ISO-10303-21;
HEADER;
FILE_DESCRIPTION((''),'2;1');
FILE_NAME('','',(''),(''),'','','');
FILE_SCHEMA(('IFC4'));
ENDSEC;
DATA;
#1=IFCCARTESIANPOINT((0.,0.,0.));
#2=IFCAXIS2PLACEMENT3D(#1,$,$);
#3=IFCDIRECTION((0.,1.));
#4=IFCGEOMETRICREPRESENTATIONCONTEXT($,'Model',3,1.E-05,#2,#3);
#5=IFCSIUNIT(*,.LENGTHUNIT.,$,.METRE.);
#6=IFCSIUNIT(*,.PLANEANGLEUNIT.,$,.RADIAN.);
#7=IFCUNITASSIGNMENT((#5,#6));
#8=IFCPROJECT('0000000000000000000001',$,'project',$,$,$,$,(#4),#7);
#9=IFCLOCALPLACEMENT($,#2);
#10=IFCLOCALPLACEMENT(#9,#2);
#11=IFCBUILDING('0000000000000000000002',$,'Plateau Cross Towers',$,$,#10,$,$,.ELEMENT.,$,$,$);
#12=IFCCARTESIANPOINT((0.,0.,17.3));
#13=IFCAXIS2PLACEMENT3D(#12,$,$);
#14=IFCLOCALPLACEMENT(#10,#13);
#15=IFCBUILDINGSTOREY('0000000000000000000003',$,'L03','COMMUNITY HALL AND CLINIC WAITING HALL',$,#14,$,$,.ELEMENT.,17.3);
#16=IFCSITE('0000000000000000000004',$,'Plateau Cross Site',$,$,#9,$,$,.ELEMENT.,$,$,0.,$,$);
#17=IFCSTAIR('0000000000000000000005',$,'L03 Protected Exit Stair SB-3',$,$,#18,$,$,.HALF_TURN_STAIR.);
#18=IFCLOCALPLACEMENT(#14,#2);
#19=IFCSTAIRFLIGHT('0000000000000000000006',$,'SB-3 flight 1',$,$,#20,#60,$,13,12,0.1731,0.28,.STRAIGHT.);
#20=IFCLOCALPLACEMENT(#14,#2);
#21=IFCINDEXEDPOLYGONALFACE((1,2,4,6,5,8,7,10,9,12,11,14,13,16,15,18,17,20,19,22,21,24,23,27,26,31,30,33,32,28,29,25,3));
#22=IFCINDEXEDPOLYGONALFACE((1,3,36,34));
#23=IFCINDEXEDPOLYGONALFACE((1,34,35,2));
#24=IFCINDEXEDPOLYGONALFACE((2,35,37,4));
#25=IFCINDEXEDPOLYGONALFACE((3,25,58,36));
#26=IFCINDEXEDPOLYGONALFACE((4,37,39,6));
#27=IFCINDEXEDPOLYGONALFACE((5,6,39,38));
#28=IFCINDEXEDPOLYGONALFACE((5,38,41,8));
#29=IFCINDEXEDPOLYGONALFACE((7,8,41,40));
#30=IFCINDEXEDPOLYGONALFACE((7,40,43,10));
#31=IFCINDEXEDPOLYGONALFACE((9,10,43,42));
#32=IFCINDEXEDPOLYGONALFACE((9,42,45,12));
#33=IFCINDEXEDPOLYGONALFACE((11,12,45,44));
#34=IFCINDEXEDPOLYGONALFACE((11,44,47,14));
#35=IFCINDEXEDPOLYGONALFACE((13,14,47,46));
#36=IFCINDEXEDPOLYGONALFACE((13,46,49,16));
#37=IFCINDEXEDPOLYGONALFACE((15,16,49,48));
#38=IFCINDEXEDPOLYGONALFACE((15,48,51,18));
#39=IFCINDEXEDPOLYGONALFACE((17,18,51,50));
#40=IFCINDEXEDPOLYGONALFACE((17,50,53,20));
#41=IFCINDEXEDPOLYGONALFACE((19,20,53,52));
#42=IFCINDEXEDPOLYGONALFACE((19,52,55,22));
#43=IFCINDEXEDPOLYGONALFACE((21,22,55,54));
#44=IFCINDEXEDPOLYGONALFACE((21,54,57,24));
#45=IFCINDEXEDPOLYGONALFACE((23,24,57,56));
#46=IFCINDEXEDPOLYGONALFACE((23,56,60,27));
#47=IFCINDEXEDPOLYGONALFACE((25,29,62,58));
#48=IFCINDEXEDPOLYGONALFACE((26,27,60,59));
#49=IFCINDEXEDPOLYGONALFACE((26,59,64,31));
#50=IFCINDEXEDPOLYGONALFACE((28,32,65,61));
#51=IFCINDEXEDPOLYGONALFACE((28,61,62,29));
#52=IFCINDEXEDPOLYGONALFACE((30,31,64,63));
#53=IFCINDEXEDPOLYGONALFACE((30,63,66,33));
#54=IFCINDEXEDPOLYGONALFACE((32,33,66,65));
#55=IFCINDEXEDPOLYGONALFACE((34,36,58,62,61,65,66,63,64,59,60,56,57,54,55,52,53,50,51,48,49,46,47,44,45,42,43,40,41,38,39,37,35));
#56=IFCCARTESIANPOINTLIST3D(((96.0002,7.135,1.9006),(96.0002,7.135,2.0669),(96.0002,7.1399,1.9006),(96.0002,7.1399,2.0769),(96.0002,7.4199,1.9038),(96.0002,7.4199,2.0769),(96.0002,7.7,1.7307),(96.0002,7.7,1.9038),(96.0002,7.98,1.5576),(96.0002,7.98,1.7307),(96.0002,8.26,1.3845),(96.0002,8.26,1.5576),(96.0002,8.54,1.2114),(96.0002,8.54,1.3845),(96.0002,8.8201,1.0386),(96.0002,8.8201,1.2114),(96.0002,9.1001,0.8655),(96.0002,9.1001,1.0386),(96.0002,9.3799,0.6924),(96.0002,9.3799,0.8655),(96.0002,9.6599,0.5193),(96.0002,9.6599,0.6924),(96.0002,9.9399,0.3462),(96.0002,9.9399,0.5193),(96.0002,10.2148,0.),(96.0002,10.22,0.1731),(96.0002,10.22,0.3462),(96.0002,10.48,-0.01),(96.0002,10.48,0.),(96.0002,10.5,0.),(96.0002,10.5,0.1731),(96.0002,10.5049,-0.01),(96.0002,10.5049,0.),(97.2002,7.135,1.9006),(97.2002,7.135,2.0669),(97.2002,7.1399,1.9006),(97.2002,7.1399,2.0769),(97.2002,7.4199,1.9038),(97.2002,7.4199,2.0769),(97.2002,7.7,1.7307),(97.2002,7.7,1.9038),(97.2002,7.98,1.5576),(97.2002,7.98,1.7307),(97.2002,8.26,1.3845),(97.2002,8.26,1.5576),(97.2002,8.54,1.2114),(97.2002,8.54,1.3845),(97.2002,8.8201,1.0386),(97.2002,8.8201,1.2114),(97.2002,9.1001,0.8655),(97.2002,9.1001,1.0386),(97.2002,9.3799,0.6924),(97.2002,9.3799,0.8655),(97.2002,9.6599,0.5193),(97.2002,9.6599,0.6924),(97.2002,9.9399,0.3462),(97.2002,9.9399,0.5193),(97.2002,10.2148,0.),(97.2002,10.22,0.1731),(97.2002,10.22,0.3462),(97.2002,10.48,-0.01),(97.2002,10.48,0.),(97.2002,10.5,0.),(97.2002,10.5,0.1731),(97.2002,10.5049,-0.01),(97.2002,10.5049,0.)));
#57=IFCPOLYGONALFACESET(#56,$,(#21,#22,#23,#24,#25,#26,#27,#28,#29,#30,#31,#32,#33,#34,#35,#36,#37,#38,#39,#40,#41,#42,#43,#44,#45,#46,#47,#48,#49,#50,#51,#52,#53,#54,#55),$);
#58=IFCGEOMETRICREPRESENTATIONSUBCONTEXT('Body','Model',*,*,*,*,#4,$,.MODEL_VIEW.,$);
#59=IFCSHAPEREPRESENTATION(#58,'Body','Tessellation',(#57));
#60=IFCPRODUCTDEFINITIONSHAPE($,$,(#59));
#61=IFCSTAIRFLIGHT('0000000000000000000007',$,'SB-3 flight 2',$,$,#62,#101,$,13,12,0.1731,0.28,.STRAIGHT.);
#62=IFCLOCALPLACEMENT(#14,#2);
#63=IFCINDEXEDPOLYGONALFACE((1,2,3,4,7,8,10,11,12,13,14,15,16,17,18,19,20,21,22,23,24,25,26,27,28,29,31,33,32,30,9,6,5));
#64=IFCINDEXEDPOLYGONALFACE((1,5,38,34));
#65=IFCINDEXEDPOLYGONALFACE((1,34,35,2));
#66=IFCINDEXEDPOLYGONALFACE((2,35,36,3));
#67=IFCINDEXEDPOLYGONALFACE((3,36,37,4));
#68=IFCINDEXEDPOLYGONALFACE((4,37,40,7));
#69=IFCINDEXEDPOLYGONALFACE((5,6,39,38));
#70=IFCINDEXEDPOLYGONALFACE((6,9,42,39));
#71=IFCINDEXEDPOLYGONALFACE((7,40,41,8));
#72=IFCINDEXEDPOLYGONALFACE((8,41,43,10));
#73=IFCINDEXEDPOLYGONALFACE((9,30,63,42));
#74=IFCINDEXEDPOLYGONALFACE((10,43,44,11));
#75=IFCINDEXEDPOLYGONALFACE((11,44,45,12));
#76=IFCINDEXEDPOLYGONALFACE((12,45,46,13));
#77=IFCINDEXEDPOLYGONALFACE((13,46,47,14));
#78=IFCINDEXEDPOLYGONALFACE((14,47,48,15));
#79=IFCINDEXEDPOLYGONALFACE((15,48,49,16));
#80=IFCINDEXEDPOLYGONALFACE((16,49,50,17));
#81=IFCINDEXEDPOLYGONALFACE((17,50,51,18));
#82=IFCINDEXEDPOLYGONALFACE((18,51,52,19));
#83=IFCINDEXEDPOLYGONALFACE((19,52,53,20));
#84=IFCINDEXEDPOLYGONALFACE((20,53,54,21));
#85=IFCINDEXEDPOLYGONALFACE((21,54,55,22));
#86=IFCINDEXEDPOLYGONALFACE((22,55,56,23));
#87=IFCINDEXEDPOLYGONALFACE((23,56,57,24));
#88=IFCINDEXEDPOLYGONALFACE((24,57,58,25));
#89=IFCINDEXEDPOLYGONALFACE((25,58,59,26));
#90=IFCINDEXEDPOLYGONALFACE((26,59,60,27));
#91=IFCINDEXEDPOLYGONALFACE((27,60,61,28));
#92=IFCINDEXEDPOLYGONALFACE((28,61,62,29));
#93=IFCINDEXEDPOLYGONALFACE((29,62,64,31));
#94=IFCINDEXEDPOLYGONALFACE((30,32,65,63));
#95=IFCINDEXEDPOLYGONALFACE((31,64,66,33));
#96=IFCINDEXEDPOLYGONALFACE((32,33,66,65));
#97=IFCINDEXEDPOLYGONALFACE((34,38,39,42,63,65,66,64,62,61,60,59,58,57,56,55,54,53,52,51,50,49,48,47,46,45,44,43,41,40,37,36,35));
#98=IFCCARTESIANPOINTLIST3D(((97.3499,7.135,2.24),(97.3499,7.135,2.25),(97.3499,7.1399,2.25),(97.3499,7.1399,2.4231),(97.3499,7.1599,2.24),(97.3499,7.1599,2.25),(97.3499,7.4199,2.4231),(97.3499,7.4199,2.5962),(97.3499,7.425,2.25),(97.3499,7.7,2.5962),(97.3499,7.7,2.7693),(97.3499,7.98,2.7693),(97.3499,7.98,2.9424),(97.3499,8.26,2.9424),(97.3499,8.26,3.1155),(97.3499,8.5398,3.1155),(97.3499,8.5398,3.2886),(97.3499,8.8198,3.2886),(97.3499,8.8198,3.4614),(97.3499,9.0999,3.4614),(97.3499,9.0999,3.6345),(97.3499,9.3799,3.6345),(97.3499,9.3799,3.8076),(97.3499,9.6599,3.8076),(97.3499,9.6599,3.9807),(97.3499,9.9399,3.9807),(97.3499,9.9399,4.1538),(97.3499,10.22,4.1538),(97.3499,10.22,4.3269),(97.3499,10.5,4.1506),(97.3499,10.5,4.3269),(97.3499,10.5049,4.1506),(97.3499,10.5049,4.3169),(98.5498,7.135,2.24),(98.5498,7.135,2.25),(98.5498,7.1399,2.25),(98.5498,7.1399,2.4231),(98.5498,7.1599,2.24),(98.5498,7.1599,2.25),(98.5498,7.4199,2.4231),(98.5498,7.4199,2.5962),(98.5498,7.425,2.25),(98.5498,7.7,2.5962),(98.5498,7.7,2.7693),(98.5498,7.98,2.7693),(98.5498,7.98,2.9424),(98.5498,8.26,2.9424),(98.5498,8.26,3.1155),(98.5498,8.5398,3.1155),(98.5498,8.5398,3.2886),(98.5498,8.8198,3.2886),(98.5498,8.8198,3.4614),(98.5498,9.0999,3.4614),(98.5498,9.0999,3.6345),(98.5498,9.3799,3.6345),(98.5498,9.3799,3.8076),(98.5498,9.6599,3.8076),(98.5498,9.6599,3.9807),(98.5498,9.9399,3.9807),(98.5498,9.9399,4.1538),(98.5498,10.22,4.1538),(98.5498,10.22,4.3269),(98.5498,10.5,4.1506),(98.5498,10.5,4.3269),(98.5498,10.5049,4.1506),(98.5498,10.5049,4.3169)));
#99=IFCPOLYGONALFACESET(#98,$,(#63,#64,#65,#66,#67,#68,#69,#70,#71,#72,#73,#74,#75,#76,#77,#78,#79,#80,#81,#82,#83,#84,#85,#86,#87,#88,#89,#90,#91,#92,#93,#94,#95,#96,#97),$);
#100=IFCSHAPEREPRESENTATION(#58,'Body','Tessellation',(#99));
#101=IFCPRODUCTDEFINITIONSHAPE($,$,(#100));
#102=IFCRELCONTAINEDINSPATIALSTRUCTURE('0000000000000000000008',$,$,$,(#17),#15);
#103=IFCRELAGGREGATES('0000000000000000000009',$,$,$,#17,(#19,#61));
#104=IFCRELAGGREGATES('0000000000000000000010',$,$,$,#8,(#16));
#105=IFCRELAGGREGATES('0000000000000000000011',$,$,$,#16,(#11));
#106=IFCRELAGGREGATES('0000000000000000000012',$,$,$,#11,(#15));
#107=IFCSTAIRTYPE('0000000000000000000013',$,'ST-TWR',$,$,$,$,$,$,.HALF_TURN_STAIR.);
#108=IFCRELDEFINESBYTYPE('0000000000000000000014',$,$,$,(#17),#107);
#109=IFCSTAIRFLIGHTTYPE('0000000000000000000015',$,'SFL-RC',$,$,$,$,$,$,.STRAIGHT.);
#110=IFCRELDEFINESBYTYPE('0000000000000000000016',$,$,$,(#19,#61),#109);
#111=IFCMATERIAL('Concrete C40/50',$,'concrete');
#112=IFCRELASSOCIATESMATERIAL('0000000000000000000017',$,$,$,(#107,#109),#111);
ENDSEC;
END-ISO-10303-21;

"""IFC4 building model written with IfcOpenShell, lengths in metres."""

from ifc_helpers import new_model, si_unit, direction, frame, origin, place, context, subcontext, project, spatial, polyline, outline, extrude, material, type_object, element, aggregate, save


model = new_model("IFC4")

# Units and contexts
model_context = context("Model", 3, precision=1e-05, world=origin(), true_north=direction((0.0, 1.0)))
body_context = subcontext(model_context, "Body", "Model", "MODEL_VIEW")
ifc_project = project(units=[si_unit("LENGTHUNIT", "METRE"), si_unit("PLANEANGLEUNIT", "RADIAN")], contexts=[model_context])

# Site, building, storey
site_placement = place(None, origin())
site = spatial("IfcSite", under=ifc_project, at=site_placement, Name="Plateau Cross Site", CompositionType="ELEMENT", RefElevation=0.0)
building_placement = place(site_placement, origin())
building = spatial("IfcBuilding", under=site, at=building_placement, Name="Plateau Cross Towers", CompositionType="ELEMENT")
storey_placement = place(building_placement, frame((0.0, 0.0, 17.3)))
storey = spatial("IfcBuildingStorey", under=building, at=storey_placement, Name="L03", Description="COMMUNITY HALL AND CLINIC WAITING HALL", CompositionType="ELEMENT", Elevation=17.3)

# Stair, stair flights
ifc_material_1 = material(Name="Concrete C40/50", Category="concrete")
stair_type = type_object("IfcStairType", Name="ST-TWR", PredefinedType="HALF_TURN_STAIR", material=ifc_material_1)
stair_placement = place(storey_placement, origin())
stair = element("IfcStair", 1, at=stair_placement, inside=storey, type_object=stair_type, Name="L03 Protected Exit Stair SB-3", PredefinedType="HALF_TURN_STAIR")
stair_flight_type = type_object("IfcStairFlightType", Name="SFL-RC", PredefinedType="STRAIGHT", material=ifc_material_1)
stair_flight_1_placement = place(storey_placement, frame((96.6001, 10.5, 0.0), z_axis=(0.0, 0.0, 1.0), x_axis=(0.0, -1.0, 0.0)))
stair_flight_1 = element("IfcStairFlight", 2, at=stair_flight_1_placement, type_object=stair_flight_type, Name="SB-3 flight 1", NumberOfRisers=13, NumberOfTreads=12, PredefinedType="STRAIGHT", RiserHeight=0.1731, TreadLength=0.28, context=body_context, shape_type="SweptSolid", body=[
    extrude(outline(polyline([(-0.0049, -0.01), (-0.0049, 0.0), (0.0, 0.0), (0.0, 0.1731), (0.28, 0.1731), (0.28, 0.3462), (0.5601, 0.3462), (0.5601, 0.5193), (0.8401, 0.5193), (0.8401, 0.6924), (1.1201, 0.6924), (1.1201, 0.8655), (1.3999, 0.8655), (1.3999, 1.0386), (1.6799, 1.0386), (1.6799, 1.2114), (1.96, 1.2114), (1.96, 1.3845), (2.24, 1.3845), (2.24, 1.5576), (2.52, 1.5576), (2.52, 1.7307), (2.8, 1.7307), (2.8, 1.9038), (3.0801, 1.9038), (3.0801, 2.0769), (3.3601, 2.0769), (3.365, 2.0669), (3.365, 1.9006), (3.3601, 1.9006), (0.2852, 0.0), (0.02, 0.0), (0.02, -0.01), (-0.0049, -0.01)])), frame((0.0, 0.6001, 0.0), z_axis=(0.0, -1.0, 0.0), x_axis=(1.0, 0.0, 0.0)), (0.0, 0.0, 1.0), 1.2),
])
stair_flight_2_placement = place(storey_placement, frame((97.95, 7.1399, 2.25), z_axis=(0.0, 0.0, 1.0), x_axis=(0.0, 1.0, 0.0)))
stair_flight_2 = element("IfcStairFlight", 3, at=stair_flight_2_placement, type_object=stair_flight_type, Name="SB-3 flight 2", NumberOfRisers=13, NumberOfTreads=12, PredefinedType="STRAIGHT", RiserHeight=0.1731, TreadLength=0.28, context=body_context, shape_type="SweptSolid", body=[
    extrude(outline(polyline([(-0.0049, -0.01), (-0.0049, 0.0), (0.0, 0.0), (0.0, 0.1731), (0.28, 0.1731), (0.28, 0.3462), (0.5601, 0.3462), (0.5601, 0.5193), (0.8401, 0.5193), (0.8401, 0.6924), (1.1201, 0.6924), (1.1201, 0.8655), (1.3999, 0.8655), (1.3999, 1.0386), (1.6799, 1.0386), (1.6799, 1.2114), (1.96, 1.2114), (1.96, 1.3845), (2.24, 1.3845), (2.24, 1.5576), (2.52, 1.5576), (2.52, 1.7307), (2.8, 1.7307), (2.8, 1.9038), (3.0801, 1.9038), (3.0801, 2.0769), (3.3601, 2.0769), (3.365, 2.0669), (3.365, 1.9006), (3.3601, 1.9006), (0.2852, 0.0), (0.02, 0.0), (0.02, -0.01), (-0.0049, -0.01)])), frame((0.0, 0.6001, 0.0), z_axis=(0.0, -1.0, 0.0), x_axis=(1.0, 0.0, 0.0)), (0.0, 0.0, 1.0), 1.2),
])
aggregate(stair, [stair_flight_1, stair_flight_2])

save(model, "model.ifc")
